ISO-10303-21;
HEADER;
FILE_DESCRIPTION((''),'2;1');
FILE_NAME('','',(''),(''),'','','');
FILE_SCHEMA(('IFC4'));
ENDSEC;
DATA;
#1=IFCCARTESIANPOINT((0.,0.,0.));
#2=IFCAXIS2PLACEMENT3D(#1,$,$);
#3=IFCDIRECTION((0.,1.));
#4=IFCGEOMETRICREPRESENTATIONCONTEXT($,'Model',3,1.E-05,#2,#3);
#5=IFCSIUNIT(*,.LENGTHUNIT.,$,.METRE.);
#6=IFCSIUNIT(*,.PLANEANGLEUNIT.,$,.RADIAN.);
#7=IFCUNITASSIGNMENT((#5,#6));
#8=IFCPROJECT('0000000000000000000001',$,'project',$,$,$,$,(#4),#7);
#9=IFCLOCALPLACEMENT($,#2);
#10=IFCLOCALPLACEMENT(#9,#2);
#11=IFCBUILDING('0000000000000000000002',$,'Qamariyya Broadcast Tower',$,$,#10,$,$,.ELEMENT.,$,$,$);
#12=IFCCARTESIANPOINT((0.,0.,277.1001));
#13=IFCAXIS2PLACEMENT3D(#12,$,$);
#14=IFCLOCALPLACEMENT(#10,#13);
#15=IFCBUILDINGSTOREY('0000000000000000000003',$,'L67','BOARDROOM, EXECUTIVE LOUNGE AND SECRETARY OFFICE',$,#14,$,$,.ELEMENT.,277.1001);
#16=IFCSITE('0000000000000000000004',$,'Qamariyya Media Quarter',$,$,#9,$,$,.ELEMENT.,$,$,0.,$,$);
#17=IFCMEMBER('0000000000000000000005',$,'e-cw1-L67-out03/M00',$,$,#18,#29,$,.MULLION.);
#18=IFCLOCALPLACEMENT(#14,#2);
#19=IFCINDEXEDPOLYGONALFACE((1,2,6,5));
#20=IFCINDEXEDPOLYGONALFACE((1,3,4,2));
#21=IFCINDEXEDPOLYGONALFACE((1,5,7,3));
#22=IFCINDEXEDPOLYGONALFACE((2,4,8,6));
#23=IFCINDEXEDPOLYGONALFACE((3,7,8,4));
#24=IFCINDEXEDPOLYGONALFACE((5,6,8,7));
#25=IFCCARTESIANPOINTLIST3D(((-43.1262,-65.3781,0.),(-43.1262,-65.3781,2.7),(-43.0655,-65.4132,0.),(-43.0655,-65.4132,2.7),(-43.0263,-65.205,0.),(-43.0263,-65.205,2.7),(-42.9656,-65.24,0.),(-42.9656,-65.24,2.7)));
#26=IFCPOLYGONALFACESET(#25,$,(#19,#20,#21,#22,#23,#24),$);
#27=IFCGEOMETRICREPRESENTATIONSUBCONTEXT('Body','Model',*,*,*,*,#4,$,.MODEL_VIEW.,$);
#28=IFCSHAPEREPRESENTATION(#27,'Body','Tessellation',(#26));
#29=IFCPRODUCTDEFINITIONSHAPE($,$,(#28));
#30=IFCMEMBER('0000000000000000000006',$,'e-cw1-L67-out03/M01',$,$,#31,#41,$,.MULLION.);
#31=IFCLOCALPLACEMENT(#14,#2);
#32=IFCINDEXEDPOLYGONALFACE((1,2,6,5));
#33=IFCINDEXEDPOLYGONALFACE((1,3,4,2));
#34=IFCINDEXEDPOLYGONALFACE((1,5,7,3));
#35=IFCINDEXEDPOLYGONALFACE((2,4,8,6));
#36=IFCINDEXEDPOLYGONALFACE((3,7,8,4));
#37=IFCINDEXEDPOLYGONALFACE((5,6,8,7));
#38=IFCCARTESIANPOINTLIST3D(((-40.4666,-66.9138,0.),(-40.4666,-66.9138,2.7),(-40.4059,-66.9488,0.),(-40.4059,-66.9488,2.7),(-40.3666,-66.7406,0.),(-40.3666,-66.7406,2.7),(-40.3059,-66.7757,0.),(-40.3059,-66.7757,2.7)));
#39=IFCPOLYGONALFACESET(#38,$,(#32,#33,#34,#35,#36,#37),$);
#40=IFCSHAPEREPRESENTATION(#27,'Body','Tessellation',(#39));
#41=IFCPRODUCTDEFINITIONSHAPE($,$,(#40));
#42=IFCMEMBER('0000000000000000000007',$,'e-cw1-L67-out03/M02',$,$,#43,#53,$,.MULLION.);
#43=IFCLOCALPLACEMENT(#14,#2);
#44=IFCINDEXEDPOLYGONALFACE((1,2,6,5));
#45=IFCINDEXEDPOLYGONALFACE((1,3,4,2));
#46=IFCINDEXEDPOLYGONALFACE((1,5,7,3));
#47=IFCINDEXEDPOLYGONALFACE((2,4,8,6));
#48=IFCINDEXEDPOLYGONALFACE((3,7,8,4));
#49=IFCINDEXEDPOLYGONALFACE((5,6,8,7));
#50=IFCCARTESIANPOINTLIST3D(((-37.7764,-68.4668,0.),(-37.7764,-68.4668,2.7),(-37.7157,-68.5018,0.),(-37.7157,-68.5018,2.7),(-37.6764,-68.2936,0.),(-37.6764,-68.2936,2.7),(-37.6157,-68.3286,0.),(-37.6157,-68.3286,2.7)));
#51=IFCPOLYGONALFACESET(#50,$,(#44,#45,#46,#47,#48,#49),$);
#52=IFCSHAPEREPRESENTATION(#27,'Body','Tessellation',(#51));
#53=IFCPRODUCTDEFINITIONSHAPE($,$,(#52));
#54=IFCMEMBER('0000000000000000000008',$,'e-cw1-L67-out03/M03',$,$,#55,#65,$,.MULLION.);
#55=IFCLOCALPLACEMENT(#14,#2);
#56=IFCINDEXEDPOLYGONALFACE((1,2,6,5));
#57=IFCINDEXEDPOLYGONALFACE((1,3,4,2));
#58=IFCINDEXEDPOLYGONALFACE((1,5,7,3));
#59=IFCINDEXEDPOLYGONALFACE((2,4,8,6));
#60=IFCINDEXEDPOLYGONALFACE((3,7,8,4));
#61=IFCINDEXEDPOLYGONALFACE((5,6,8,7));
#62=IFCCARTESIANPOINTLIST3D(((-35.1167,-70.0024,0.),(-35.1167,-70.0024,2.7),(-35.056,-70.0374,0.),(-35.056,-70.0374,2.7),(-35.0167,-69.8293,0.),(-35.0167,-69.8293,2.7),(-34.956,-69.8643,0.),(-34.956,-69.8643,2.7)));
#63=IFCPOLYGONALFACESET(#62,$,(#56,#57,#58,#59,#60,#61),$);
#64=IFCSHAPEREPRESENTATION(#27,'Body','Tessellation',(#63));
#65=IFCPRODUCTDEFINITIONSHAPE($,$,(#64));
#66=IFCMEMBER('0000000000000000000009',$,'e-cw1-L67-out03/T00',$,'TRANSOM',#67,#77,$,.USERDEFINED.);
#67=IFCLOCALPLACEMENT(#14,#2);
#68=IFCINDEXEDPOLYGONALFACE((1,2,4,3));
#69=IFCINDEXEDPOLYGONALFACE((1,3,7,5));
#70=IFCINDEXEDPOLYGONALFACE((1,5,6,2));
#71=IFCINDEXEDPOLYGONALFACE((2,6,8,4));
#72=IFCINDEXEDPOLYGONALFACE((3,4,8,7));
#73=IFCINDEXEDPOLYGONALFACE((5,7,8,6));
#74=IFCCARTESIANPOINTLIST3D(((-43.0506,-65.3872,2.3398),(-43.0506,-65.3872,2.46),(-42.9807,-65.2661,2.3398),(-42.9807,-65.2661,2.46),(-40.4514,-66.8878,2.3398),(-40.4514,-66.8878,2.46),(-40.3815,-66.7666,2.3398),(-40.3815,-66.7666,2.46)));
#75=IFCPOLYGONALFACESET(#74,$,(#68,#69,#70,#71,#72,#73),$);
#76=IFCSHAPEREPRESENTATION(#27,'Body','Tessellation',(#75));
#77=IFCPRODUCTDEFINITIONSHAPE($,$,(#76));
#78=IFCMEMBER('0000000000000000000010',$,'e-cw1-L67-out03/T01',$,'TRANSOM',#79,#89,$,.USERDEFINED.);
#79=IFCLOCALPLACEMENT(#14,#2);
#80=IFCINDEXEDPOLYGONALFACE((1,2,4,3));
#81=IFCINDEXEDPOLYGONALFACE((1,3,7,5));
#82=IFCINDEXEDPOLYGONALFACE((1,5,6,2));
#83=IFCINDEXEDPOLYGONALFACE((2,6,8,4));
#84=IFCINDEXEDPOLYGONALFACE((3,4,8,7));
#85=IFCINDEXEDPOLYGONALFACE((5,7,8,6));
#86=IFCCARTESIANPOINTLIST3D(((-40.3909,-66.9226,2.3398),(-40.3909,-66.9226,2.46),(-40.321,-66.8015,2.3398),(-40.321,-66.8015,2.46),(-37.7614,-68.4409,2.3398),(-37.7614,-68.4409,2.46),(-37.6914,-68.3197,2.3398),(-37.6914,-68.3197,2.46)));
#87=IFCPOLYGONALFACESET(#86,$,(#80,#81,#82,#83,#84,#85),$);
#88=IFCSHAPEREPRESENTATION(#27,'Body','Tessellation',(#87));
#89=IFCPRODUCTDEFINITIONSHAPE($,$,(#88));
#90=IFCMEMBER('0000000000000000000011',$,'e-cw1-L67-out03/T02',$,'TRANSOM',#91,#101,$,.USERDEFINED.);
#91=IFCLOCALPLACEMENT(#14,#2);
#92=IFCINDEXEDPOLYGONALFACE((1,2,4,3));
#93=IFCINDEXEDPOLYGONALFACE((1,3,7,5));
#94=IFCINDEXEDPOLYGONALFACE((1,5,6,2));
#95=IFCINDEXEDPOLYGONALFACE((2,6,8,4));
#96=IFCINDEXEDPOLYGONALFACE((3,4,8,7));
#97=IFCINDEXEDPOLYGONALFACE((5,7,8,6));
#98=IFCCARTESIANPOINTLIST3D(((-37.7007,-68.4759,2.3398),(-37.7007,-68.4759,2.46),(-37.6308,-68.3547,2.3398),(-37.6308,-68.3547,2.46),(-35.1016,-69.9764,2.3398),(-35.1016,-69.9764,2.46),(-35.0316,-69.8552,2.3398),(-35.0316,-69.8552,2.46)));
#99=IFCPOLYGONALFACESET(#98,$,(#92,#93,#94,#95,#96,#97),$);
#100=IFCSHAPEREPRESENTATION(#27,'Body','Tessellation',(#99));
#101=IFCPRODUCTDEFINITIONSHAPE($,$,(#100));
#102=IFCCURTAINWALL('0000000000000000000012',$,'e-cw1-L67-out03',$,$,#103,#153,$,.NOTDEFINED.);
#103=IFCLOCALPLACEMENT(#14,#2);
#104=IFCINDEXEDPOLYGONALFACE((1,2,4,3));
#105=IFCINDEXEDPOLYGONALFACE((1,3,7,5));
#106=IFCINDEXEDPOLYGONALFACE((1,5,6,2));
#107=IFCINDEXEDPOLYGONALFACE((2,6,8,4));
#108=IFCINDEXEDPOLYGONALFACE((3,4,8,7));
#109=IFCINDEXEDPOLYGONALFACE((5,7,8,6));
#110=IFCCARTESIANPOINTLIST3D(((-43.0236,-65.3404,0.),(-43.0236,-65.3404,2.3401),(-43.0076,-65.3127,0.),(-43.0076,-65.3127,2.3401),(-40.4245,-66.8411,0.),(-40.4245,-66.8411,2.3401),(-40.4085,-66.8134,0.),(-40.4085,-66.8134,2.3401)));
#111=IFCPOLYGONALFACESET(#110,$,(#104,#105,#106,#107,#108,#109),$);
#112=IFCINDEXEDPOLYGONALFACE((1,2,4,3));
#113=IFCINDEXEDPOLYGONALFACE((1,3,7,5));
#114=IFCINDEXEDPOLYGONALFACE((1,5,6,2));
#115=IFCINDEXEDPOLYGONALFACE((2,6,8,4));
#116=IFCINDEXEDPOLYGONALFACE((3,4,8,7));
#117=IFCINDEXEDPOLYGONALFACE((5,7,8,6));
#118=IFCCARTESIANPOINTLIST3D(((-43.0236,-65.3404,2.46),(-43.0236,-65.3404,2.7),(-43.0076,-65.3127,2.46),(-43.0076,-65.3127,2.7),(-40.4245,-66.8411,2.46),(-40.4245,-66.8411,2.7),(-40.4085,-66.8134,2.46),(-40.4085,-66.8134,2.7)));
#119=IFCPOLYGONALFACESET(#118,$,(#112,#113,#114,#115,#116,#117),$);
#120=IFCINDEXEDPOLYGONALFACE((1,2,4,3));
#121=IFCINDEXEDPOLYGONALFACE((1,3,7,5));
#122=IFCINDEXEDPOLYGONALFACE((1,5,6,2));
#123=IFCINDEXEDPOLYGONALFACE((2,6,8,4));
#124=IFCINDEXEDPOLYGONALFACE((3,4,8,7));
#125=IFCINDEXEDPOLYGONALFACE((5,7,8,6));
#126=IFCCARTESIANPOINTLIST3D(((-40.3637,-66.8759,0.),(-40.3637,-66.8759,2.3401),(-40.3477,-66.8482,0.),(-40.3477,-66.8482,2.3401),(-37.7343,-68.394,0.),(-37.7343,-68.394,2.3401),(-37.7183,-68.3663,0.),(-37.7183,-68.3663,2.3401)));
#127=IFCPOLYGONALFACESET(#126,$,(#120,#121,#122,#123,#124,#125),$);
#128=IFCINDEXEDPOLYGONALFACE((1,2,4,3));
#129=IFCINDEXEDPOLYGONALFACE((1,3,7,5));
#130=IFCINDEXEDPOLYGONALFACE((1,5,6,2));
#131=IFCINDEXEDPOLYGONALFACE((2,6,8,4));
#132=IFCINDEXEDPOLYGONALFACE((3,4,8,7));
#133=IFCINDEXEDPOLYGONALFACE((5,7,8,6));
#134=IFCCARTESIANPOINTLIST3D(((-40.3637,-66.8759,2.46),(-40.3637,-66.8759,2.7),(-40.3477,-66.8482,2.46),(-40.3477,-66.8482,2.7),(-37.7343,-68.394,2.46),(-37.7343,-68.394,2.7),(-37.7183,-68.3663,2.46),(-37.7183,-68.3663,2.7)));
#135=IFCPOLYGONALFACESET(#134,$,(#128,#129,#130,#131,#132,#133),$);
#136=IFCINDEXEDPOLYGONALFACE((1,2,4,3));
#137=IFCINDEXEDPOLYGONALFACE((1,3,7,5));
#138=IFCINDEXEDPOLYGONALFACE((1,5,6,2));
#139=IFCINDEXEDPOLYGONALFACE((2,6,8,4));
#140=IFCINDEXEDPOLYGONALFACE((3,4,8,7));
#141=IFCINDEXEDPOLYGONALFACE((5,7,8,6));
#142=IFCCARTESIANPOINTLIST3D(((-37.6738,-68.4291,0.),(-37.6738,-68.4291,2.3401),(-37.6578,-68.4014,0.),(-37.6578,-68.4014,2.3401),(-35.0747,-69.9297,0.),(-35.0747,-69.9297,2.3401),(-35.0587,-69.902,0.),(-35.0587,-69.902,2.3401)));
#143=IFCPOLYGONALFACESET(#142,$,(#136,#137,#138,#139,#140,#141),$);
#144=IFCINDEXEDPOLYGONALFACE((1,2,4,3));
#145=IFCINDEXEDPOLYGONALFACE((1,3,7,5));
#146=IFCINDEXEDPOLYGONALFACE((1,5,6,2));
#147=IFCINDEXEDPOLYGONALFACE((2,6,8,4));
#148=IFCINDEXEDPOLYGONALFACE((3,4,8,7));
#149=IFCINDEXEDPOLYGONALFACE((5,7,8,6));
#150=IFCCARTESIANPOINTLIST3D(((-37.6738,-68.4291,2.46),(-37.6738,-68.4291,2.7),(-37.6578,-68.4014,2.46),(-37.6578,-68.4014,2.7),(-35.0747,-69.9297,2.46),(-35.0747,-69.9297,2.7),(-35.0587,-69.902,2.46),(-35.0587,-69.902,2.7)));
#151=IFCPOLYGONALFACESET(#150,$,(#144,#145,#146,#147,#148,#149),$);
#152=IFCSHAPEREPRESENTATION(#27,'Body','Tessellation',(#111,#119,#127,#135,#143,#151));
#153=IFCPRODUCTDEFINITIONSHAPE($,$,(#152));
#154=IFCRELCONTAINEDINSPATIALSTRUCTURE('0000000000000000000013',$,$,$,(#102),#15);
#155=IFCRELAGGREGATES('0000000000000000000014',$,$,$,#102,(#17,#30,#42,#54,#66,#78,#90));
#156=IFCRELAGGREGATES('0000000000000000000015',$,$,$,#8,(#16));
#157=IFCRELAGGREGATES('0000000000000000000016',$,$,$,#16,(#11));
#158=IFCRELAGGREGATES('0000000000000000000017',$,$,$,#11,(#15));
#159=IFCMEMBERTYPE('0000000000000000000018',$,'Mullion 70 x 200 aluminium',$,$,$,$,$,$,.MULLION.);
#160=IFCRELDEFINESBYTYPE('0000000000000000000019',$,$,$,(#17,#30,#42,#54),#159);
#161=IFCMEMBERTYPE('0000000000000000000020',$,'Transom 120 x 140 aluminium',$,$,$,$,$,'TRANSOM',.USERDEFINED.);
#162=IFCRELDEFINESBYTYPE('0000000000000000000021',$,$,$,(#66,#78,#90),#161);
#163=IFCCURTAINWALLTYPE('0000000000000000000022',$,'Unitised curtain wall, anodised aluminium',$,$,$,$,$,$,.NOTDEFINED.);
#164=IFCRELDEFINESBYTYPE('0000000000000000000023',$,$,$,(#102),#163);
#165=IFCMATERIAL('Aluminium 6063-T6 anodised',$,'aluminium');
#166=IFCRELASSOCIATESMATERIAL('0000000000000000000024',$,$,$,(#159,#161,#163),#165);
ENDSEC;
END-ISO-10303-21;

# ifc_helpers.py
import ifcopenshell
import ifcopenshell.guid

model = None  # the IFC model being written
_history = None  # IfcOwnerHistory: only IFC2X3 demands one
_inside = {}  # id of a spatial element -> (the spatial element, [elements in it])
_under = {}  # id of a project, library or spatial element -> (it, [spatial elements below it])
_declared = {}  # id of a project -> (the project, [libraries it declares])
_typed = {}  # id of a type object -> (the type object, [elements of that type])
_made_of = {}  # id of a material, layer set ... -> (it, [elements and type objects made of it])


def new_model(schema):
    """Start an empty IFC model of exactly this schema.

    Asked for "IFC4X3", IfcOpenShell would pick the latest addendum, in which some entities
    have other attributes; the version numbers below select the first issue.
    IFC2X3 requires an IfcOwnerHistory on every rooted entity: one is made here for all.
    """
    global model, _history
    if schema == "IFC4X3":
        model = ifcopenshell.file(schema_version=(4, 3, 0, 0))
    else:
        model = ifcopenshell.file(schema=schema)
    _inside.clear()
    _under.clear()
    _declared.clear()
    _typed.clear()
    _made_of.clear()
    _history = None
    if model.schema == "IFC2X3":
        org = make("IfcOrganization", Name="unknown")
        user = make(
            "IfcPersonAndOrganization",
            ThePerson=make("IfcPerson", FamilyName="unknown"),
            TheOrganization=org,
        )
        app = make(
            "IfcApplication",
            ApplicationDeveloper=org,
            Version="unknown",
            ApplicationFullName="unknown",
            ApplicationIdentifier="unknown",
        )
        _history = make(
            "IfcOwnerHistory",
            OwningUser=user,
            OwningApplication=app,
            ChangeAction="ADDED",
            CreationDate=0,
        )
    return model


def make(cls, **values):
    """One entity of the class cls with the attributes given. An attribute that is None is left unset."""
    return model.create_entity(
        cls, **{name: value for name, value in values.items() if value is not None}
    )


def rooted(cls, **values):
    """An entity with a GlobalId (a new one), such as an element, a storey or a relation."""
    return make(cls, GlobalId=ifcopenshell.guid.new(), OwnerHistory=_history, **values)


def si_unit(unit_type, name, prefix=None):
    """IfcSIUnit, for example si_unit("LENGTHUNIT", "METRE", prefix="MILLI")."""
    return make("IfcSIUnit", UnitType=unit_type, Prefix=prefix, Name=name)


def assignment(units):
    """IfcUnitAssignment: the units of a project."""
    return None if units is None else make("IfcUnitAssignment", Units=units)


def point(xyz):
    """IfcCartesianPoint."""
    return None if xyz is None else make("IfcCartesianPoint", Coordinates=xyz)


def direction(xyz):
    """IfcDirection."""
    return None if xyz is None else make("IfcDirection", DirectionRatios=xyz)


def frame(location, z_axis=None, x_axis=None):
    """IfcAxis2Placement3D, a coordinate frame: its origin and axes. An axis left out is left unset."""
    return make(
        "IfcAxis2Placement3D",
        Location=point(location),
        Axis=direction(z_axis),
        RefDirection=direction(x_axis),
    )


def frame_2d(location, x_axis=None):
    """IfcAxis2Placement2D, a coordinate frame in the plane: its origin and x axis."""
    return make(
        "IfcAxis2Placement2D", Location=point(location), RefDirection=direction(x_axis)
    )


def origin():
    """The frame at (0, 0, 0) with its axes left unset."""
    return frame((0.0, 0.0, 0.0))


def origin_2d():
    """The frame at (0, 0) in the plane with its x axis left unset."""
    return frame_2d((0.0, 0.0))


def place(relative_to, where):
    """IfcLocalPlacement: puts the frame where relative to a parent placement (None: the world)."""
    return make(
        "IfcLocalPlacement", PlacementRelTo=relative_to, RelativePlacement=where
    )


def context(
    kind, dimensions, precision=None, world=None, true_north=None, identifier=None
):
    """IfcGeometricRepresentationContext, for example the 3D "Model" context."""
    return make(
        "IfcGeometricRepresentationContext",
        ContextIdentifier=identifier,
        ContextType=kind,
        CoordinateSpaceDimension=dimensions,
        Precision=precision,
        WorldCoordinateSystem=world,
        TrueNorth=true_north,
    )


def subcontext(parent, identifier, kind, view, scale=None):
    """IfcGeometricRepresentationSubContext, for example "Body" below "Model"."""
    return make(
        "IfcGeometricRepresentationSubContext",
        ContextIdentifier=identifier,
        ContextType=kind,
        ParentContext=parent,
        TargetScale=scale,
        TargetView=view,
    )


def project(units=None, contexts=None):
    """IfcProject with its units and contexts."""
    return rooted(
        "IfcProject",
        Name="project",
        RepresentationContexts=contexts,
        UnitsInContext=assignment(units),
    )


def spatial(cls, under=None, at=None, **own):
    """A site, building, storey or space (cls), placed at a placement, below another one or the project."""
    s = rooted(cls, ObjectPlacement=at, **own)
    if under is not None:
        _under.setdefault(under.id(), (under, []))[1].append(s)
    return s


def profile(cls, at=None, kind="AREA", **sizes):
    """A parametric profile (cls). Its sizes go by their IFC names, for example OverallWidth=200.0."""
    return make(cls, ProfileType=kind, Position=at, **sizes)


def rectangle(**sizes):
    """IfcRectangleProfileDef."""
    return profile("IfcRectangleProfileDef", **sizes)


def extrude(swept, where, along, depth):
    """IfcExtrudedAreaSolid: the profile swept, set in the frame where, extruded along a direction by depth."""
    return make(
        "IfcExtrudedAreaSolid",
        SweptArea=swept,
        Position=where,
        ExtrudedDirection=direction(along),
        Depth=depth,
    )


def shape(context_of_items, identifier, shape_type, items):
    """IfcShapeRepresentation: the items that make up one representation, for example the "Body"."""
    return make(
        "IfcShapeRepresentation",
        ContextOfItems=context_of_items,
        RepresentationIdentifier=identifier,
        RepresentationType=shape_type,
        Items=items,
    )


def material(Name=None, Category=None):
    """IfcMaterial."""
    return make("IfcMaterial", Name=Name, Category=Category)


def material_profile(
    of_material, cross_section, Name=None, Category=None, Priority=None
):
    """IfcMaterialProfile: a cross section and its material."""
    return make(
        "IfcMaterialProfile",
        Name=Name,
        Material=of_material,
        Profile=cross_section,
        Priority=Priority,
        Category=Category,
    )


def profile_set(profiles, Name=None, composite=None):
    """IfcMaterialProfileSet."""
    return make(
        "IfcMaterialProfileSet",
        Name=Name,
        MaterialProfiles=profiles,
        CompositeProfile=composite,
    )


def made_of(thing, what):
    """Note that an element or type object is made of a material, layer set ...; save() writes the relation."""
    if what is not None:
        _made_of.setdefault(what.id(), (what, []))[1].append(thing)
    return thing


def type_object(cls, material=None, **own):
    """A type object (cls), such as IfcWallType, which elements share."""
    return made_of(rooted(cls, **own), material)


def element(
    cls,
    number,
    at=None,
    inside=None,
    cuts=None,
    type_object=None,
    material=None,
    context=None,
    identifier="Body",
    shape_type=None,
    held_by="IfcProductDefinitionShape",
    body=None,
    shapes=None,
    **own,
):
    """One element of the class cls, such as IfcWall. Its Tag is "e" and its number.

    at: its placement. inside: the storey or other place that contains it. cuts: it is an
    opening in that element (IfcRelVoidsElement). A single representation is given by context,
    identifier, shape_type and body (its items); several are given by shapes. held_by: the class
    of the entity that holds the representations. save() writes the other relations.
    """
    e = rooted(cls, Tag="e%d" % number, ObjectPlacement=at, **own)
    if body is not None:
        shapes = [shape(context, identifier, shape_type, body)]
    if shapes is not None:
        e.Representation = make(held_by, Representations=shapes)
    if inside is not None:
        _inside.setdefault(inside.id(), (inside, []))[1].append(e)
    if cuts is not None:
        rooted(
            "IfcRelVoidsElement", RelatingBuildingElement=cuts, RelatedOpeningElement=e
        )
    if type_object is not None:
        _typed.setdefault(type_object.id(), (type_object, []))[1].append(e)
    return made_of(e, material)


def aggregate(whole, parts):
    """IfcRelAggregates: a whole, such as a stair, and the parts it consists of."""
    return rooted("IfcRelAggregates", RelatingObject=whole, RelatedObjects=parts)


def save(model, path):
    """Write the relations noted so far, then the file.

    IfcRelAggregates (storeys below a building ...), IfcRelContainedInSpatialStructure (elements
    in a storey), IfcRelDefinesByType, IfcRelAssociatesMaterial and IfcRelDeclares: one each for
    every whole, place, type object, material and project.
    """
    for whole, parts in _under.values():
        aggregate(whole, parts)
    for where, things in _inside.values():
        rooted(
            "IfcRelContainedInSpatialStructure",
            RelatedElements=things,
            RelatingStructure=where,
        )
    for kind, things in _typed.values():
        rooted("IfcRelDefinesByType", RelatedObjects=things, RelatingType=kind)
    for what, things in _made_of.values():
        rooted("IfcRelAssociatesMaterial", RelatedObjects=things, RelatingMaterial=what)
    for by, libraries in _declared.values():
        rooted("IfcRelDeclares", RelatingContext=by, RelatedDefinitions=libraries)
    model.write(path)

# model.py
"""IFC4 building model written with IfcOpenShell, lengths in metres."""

from ifc_helpers import new_model, si_unit, direction, frame, origin, origin_2d, place, context, subcontext, project, spatial, rectangle, extrude, material, material_profile, profile_set, type_object, element, aggregate, save


model = new_model("IFC4")

# Units and contexts
model_context = context("Model", 3, precision=1e-05, world=origin(), true_north=direction((0.0, 1.0)))
body_context = subcontext(model_context, "Body", "Model", "MODEL_VIEW")
ifc_project = project(units=[si_unit("LENGTHUNIT", "METRE"), si_unit("PLANEANGLEUNIT", "RADIAN")], contexts=[model_context])

# Members
ifc_material = material(Name="Aluminium 6063-T6 anodised", Category="aluminium")
ifc_material_profile_1 = material_profile(ifc_material, rectangle(XDim=0.2, YDim=0.0701, at=origin_2d()))
ifc_profile_set_1 = profile_set([ifc_material_profile_1], Name="Aluminium 6063-T6 anodised")
member_type_1 = type_object("IfcMemberType", Name="Mullion 70 x 200 aluminium", PredefinedType="MULLION", material=ifc_profile_set_1)
site_placement = place(None, origin())
building_placement = place(site_placement, origin())
storey_placement = place(building_placement, frame((0.0, 0.0, 277.1001)))
member_1_placement = place(storey_placement, frame((-43.0459, -65.3091, 0.0), z_axis=(0.0, 0.0, 1.0), x_axis=(0.5, 0.866025, 0.0)))
member_1 = element("IfcMember", 1, at=member_1_placement, type_object=member_type_1, Name="e-cw1-L67-out03/M00", PredefinedType="MULLION", context=body_context, shape_type="SweptSolid", body=[
    extrude(rectangle(XDim=0.2, YDim=0.0701, at=origin_2d()), origin(), (0.0, 0.0, 1.0), 2.7),
])
member_2_placement = place(storey_placement, frame((-40.3862, -66.8447, 0.0), z_axis=(0.0, 0.0, 1.0), x_axis=(0.5, 0.866025, 0.0)))
member_2 = element("IfcMember", 2, at=member_2_placement, type_object=member_type_1, Name="e-cw1-L67-out03/M01", PredefinedType="MULLION", context=body_context, shape_type="SweptSolid", body=[
    extrude(rectangle(XDim=0.2, YDim=0.0701, at=origin_2d()), origin(), (0.0, 0.0, 1.0), 2.7),
])
member_3_placement = place(storey_placement, frame((-37.696, -68.3977, 0.0), z_axis=(0.0, 0.0, 1.0), x_axis=(0.5, 0.866025, 0.0)))
member_3 = element("IfcMember", 3, at=member_3_placement, type_object=member_type_1, Name="e-cw1-L67-out03/M02", PredefinedType="MULLION", context=body_context, shape_type="SweptSolid", body=[
    extrude(rectangle(XDim=0.2, YDim=0.0701, at=origin_2d()), origin(), (0.0, 0.0, 1.0), 2.7),
])
member_4_placement = place(storey_placement, frame((-35.0364, -69.9333, 0.0), z_axis=(0.0, 0.0, 1.0), x_axis=(0.5, 0.866025, 0.0)))
member_4 = element("IfcMember", 4, at=member_4_placement, type_object=member_type_1, Name="e-cw1-L67-out03/M03", PredefinedType="MULLION", context=body_context, shape_type="SweptSolid", body=[
    extrude(rectangle(XDim=0.2, YDim=0.0701, at=origin_2d()), origin(), (0.0, 0.0, 1.0), 2.7),
])
ifc_material_profile_2 = material_profile(ifc_material, rectangle(XDim=0.1399, YDim=0.1201, at=origin_2d()))
ifc_profile_set_2 = profile_set([ifc_material_profile_2], Name="Aluminium 6063-T6 anodised")
member_type_2 = type_object("IfcMemberType", Name="Transom 120 x 140 aluminium", ElementType="TRANSOM", PredefinedType="USERDEFINED", material=ifc_profile_set_2)
member_5_placement = place(storey_placement, frame((-43.0156, -65.3267, 2.3999), z_axis=(0.866042, -0.499971, 0.0), x_axis=(0.499971, 0.866042, 0.0)))
member_5 = element("IfcMember", 5, at=member_5_placement, type_object=member_type_2, Name="e-cw1-L67-out03/T00", ObjectType="TRANSOM", PredefinedType="USERDEFINED", context=body_context, shape_type="SweptSolid", body=[
    extrude(rectangle(XDim=0.1399, YDim=0.1201, at=origin_2d()), origin(), (0.0, 0.0, 1.0), 3.0012),
])
member_6_placement = place(storey_placement, frame((-40.356, -66.8621, 2.3999), z_axis=(0.866013, -0.500022, 0.0), x_axis=(0.500022, 0.866013, 0.0)))
member_6 = element("IfcMember", 6, at=member_6_placement, type_object=member_type_2, Name="e-cw1-L67-out03/T01", ObjectType="TRANSOM", PredefinedType="USERDEFINED", context=body_context, shape_type="SweptSolid", body=[
    extrude(rectangle(XDim=0.1399, YDim=0.1201, at=origin_2d()), origin(), (0.0, 0.0, 1.0), 3.0364),
])
member_7_placement = place(storey_placement, frame((-37.6658, -68.4153, 2.3999), z_axis=(0.866042, -0.499971, 0.0), x_axis=(0.499971, 0.866042, 0.0)))
member_7 = element("IfcMember", 7, at=member_7_placement, type_object=member_type_2, Name="e-cw1-L67-out03/T02", ObjectType="TRANSOM", PredefinedType="USERDEFINED", context=body_context, shape_type="SweptSolid", body=[
    extrude(rectangle(XDim=0.1399, YDim=0.1201, at=origin_2d()), origin(), (0.0, 0.0, 1.0), 3.0012),
])

# Site, building, storey
site = spatial("IfcSite", under=ifc_project, at=site_placement, Name="Qamariyya Media Quarter", CompositionType="ELEMENT", RefElevation=0.0)
building = spatial("IfcBuilding", under=site, at=building_placement, Name="Qamariyya Broadcast Tower", CompositionType="ELEMENT")
storey = spatial("IfcBuildingStorey", under=building, at=storey_placement, Name="L67", Description="BOARDROOM, EXECUTIVE LOUNGE AND SECRETARY OFFICE", CompositionType="ELEMENT", Elevation=277.1001)

# Curtain wall
curtain_wall_type = type_object("IfcCurtainWallType", Name="Unitised curtain wall, anodised aluminium", PredefinedType="NOTDEFINED", material=ifc_material)
curtain_wall_1_placement = place(storey_placement, origin())
curtain_wall_1 = element("IfcCurtainWall", 8, at=curtain_wall_1_placement, inside=storey, type_object=curtain_wall_type, Name="e-cw1-L67-out03", PredefinedType="NOTDEFINED", context=body_context, shape_type="SweptSolid", body=[
    extrude(rectangle(XDim=3.0012, YDim=0.032, at=origin_2d()), frame((-41.7161, -66.0769, 0.0), x_axis=(0.866018, -0.500013, 0.0)), (0.0, 0.0, 1.0), 2.3401),
    extrude(rectangle(XDim=3.0012, YDim=0.032, at=origin_2d()), frame((-41.7161, -66.0769, 2.46), x_axis=(0.866018, -0.500013, 0.0)), (0.0, 0.0, 1.0), 0.24),
    extrude(rectangle(XDim=3.0361, YDim=0.032, at=origin_2d()), frame((-39.041, -67.6211, 0.0), x_axis=(0.866018, -0.500013, 0.0)), (0.0, 0.0, 1.0), 2.3401),
    extrude(rectangle(XDim=3.0361, YDim=0.032, at=origin_2d()), frame((-39.041, -67.6211, 2.46), x_axis=(0.866018, -0.500013, 0.0)), (0.0, 0.0, 1.0), 0.24),
    extrude(rectangle(XDim=3.0012, YDim=0.032, at=origin_2d()), frame((-36.3662, -69.1655, 0.0), x_axis=(0.866018, -0.500013, 0.0)), (0.0, 0.0, 1.0), 2.3401),
    extrude(rectangle(XDim=3.0012, YDim=0.032, at=origin_2d()), frame((-36.3662, -69.1655, 2.46), x_axis=(0.866018, -0.500013, 0.0)), (0.0, 0.0, 1.0), 0.24),
])
aggregate(curtain_wall_1, [member_1, member_2, member_3, member_4, member_5, member_6, member_7])

save(model, "model.ifc")
